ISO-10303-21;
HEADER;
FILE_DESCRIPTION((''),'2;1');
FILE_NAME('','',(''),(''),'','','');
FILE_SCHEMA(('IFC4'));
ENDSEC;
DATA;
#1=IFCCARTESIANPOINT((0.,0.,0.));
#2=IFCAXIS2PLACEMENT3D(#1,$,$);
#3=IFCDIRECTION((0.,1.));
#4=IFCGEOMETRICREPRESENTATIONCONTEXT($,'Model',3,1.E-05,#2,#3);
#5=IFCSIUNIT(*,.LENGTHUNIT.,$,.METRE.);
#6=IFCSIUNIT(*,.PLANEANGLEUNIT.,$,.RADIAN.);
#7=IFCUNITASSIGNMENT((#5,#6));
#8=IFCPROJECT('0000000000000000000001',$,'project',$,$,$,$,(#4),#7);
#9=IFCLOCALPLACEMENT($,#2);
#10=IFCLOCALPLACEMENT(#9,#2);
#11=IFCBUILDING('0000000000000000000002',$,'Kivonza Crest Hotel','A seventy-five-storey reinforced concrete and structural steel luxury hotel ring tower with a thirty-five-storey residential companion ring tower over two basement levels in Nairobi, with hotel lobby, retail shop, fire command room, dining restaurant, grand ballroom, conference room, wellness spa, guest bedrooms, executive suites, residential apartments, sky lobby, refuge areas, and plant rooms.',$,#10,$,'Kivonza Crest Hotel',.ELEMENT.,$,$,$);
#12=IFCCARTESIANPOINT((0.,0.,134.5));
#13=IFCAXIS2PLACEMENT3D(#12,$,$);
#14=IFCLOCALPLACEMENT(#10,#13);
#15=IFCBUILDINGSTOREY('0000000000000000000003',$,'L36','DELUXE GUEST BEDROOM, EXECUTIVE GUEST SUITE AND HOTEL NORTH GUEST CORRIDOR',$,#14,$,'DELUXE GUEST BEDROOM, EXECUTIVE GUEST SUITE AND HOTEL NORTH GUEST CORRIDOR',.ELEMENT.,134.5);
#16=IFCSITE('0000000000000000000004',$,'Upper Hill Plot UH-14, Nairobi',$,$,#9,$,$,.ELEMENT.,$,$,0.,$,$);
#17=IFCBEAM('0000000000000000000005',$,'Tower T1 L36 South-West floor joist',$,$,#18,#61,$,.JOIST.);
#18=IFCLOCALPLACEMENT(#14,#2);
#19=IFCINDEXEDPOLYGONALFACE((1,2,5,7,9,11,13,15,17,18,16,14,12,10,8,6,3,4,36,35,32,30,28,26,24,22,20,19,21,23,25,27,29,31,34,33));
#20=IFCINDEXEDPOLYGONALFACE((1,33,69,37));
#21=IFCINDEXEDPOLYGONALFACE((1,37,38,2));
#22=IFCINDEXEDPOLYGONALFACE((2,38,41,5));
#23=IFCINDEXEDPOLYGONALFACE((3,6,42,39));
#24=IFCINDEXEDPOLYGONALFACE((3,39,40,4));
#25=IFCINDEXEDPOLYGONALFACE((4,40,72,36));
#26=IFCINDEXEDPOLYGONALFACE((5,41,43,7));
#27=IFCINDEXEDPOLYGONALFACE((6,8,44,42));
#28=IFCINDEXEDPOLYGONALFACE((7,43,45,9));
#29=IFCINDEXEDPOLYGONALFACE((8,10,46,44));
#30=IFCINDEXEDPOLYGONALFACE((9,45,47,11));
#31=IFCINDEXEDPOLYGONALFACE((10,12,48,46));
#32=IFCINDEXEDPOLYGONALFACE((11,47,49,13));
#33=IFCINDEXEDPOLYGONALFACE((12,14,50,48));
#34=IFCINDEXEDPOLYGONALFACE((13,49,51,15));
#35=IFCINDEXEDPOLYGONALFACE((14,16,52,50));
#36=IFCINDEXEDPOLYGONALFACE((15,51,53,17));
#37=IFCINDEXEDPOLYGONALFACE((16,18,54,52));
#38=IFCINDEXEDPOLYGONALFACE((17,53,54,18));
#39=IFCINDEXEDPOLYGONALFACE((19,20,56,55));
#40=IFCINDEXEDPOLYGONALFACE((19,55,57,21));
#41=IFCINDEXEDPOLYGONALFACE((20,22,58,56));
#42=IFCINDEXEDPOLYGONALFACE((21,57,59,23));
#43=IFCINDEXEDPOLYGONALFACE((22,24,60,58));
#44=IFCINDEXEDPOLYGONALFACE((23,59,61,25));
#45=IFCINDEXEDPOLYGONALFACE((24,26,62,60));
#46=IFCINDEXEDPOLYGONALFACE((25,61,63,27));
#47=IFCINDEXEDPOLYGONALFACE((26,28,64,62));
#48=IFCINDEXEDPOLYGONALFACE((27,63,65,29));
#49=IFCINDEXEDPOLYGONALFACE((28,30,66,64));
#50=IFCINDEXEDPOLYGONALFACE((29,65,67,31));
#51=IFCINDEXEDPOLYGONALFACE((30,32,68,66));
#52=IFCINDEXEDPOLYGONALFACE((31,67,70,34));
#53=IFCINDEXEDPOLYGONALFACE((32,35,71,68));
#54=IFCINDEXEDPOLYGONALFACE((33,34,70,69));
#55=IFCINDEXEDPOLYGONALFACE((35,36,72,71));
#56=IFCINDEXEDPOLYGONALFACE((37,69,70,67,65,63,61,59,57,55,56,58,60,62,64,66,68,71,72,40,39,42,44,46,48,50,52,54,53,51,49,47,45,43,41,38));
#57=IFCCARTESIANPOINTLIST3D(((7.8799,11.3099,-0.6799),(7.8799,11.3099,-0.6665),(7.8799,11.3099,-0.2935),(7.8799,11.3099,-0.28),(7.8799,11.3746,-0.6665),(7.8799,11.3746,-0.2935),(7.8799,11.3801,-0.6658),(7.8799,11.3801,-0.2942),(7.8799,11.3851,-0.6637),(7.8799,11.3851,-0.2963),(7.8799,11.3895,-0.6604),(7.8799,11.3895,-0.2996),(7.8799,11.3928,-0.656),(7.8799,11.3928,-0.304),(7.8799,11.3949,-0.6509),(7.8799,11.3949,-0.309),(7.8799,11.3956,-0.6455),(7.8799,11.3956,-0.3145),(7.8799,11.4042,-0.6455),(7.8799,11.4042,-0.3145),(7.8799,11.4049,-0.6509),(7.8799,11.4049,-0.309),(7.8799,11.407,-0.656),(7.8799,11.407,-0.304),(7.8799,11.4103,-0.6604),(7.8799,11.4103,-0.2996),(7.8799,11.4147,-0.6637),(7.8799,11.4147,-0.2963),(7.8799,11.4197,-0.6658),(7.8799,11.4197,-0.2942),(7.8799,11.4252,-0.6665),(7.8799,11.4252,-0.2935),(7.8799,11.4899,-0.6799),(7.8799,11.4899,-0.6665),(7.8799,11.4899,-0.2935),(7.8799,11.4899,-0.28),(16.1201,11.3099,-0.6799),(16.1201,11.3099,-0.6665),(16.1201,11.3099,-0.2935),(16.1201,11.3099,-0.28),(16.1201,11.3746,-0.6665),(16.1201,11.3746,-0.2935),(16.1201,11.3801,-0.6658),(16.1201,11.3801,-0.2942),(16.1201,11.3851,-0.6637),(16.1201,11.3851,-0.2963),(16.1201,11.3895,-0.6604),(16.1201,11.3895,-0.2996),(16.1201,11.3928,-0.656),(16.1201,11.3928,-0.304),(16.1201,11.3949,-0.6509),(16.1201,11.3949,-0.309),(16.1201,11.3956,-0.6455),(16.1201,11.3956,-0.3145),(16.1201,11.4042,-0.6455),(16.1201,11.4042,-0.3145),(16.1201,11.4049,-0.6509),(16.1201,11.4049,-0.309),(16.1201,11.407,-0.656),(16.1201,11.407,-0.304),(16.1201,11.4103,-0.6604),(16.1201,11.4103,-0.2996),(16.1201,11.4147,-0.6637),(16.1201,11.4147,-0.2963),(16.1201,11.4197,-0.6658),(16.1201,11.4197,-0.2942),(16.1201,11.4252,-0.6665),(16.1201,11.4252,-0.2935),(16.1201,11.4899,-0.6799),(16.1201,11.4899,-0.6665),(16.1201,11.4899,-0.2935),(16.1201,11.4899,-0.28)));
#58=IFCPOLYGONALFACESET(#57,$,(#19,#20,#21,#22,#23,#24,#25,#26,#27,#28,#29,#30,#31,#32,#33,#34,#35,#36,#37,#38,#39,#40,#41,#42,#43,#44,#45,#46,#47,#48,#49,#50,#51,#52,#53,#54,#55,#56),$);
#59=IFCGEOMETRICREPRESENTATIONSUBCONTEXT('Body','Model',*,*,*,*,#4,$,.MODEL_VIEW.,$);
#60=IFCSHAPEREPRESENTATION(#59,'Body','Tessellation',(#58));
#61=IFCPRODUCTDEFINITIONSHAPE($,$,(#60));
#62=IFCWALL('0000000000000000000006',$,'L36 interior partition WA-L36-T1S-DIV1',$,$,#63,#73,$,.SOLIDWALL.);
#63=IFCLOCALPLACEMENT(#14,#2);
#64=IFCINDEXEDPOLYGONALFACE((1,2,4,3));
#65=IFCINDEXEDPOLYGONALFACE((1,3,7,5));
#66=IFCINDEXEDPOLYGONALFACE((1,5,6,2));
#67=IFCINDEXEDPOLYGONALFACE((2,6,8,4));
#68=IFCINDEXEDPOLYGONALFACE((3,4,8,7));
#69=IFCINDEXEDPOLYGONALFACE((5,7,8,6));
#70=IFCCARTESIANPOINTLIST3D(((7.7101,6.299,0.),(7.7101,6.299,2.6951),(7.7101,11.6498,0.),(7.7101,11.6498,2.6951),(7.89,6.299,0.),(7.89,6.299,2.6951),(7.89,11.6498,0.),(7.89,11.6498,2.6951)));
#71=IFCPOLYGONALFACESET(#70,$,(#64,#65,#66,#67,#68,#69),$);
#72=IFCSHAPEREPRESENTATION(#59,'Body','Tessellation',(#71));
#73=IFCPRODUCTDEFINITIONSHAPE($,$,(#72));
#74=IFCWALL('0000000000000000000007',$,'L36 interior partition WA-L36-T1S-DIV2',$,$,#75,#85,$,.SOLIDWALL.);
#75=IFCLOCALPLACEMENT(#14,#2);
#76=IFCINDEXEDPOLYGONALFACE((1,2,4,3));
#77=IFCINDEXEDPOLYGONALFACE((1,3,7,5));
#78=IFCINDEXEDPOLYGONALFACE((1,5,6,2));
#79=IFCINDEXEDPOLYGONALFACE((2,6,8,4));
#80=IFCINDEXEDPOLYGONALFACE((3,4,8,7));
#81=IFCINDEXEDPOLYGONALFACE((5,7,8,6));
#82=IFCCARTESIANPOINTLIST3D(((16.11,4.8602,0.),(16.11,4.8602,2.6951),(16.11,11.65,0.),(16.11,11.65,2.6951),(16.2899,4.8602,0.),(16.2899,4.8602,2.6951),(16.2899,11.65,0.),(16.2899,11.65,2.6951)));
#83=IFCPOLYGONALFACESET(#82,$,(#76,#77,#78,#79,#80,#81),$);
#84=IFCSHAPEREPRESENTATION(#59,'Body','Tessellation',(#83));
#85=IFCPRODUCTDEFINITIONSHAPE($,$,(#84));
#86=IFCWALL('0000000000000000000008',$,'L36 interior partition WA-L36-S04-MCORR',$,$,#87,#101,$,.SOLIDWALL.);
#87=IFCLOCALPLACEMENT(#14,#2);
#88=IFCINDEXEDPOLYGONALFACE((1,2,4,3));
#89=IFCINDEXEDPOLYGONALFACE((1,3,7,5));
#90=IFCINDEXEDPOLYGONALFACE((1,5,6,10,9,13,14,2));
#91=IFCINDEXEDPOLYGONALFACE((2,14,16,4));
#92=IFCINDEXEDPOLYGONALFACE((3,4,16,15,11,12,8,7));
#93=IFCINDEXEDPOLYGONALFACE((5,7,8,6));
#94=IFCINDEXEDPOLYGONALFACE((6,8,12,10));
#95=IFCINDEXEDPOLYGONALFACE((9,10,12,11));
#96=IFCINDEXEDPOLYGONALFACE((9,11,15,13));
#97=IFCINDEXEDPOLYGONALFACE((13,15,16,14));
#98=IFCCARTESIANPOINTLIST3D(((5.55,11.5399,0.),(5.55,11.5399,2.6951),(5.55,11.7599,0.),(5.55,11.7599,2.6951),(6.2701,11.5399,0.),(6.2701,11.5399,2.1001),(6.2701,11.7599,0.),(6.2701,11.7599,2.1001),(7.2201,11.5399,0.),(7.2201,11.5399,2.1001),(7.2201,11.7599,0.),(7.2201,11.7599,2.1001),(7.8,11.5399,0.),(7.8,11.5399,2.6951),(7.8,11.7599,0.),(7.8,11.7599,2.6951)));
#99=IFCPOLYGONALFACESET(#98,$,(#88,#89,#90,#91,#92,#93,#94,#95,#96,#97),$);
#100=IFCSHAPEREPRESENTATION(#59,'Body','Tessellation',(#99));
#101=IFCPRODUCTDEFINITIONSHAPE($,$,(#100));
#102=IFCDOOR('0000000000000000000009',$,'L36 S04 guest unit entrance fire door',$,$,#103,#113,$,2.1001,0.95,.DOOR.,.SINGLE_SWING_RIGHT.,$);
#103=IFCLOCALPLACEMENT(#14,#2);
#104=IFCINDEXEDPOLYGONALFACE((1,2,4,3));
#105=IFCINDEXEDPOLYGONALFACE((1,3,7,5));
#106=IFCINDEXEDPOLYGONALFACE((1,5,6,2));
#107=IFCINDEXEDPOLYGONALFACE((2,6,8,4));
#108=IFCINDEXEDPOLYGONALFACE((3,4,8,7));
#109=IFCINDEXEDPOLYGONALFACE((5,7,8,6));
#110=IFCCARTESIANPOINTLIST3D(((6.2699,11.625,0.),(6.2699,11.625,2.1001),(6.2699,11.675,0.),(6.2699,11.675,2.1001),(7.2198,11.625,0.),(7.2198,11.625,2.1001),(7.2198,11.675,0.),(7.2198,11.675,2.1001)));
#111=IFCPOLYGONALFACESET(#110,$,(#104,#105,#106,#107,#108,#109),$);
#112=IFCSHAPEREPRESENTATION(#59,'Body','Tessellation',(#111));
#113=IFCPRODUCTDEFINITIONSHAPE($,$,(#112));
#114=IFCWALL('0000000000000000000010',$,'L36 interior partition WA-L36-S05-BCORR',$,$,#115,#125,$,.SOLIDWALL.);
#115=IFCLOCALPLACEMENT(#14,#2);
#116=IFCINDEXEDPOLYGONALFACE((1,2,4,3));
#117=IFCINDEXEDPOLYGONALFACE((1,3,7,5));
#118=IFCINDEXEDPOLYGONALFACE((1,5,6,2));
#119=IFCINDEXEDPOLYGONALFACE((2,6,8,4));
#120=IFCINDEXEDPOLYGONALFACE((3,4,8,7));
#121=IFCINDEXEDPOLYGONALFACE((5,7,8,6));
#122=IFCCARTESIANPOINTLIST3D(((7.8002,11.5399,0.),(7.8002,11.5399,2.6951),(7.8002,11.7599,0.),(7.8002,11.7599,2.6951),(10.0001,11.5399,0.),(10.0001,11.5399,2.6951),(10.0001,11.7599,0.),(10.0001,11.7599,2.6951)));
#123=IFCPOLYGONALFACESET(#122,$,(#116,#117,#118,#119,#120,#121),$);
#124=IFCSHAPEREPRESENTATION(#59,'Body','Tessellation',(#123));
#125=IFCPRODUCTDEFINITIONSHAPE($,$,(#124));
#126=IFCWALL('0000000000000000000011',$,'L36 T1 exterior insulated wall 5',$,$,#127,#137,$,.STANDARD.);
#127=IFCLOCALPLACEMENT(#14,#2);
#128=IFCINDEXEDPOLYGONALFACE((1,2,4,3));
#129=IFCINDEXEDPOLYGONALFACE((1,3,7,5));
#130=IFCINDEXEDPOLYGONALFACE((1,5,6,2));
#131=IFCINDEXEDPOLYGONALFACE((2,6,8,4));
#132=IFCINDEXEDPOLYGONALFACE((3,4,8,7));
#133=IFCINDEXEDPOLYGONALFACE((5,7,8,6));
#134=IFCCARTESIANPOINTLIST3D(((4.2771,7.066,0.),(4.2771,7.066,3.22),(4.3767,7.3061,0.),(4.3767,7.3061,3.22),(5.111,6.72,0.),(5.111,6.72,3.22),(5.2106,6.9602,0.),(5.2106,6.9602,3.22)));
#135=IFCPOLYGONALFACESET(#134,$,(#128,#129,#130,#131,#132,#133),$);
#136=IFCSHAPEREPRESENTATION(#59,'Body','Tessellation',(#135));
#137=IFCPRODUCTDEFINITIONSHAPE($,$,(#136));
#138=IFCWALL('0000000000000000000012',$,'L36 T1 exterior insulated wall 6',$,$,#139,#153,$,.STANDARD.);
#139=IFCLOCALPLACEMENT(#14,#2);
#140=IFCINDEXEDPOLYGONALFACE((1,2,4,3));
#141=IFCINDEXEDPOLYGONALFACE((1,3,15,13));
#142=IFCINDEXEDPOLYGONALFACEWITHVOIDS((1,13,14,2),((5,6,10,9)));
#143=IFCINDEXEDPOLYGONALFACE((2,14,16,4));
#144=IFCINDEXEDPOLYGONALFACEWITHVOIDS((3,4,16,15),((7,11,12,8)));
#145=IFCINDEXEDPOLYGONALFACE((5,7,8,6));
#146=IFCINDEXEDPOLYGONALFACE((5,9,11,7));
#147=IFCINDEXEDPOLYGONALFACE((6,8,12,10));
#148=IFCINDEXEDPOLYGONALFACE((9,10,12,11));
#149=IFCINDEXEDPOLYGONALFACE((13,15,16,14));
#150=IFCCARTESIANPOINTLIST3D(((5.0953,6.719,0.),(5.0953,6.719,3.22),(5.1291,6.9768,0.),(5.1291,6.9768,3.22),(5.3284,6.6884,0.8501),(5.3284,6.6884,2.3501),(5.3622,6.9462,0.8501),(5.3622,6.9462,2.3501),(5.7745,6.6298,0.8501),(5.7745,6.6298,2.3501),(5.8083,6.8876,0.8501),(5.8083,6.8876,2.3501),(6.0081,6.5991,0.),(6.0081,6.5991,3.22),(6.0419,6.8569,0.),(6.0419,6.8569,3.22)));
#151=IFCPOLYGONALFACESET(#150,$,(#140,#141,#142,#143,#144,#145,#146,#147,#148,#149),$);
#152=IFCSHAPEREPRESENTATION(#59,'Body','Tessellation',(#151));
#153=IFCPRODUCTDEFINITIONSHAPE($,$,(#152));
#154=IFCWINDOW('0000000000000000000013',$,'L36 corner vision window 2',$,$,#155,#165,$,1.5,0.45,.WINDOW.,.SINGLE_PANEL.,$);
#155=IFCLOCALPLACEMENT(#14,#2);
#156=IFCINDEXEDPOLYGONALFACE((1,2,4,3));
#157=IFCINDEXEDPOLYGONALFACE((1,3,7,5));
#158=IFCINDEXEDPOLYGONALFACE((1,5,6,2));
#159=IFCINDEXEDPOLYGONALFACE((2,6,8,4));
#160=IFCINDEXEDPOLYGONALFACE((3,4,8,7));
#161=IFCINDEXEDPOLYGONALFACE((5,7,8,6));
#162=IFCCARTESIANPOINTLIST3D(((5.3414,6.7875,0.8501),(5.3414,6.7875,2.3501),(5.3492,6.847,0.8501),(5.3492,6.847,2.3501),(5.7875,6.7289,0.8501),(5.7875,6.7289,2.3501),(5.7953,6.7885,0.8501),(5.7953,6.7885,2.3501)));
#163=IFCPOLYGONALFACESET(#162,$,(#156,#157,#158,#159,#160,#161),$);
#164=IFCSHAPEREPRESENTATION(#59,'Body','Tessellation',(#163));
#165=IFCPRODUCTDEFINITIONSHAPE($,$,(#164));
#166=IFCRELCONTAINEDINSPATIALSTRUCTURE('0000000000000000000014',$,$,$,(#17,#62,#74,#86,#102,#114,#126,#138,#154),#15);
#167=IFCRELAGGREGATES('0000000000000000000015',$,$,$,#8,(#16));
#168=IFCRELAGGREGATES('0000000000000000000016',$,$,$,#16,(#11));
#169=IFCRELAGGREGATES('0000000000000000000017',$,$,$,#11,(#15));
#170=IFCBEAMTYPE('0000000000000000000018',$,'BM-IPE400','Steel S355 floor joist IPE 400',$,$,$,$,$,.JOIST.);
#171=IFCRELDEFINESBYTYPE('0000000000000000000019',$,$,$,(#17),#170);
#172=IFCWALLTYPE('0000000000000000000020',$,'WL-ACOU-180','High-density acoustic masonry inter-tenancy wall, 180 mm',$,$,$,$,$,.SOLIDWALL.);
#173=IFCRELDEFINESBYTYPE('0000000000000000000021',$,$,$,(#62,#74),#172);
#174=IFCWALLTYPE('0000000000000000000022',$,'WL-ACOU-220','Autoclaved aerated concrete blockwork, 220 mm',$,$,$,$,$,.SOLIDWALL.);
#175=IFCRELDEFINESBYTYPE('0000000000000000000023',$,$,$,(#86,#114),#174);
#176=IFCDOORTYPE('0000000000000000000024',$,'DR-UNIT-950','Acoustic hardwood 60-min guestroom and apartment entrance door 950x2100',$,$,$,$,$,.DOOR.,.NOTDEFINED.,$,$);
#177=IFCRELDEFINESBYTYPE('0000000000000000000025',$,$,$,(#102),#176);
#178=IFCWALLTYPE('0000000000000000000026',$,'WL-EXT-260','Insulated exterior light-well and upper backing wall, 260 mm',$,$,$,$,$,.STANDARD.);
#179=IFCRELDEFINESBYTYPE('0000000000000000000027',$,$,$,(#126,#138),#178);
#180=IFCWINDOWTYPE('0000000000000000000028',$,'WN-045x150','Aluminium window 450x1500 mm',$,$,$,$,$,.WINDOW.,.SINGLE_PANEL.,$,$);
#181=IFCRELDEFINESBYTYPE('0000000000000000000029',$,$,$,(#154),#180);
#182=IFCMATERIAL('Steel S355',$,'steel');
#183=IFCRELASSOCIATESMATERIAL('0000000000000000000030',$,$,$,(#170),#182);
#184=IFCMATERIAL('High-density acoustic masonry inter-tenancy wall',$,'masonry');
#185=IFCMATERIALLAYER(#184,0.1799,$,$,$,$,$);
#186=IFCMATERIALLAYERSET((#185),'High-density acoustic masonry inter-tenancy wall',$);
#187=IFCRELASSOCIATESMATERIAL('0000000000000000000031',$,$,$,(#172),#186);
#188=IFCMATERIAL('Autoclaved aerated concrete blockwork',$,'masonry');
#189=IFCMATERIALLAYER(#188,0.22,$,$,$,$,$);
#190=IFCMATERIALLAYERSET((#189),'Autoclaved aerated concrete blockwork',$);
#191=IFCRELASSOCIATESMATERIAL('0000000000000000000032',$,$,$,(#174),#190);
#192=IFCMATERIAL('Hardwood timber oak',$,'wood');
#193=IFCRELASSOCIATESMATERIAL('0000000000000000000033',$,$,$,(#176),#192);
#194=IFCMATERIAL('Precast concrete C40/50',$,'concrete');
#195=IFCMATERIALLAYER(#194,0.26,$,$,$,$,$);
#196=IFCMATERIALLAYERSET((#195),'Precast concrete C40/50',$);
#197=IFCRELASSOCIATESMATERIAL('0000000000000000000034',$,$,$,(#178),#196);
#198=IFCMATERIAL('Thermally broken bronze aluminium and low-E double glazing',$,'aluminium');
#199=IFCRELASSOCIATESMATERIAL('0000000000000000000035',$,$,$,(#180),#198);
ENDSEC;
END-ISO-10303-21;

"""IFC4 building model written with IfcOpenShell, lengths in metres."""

from ifc_helpers import new_model, si_unit, direction, frame, frame_2d, origin, origin_2d, place, context, subcontext, project, spatial, rectangle, i_section, extrude, material, layer, layer_set, material_profile, profile_set, type_object, element, fill, save


model = new_model("IFC4")

# Units and contexts
model_context = context("Model", 3, precision=1e-05, world=origin(), true_north=direction((0.0, 1.0)))
body_context = subcontext(model_context, "Body", "Model", "MODEL_VIEW")
ifc_project = project(units=[si_unit("LENGTHUNIT", "METRE"), si_unit("PLANEANGLEUNIT", "RADIAN")], contexts=[model_context])

# Site, building, storey
site_placement = place(None, origin())
site = spatial("IfcSite", under=ifc_project, at=site_placement, Name="Upper Hill Plot UH-14, Nairobi", CompositionType="ELEMENT", RefElevation=0.0)
building_placement = place(site_placement, origin())
building = spatial("IfcBuilding", under=site, at=building_placement, Name="Kivonza Crest Hotel", Description="A seventy-five-storey reinforced concrete and structural steel luxury hotel ring tower with a thirty-five-storey residential companion ring tower over two basement levels in Nairobi, with hotel lobby, retail shop, fire command room, dining restaurant, grand ballroom, conference room, wellness spa, guest bedrooms, executive suites, residential apartments, sky lobby, refuge areas, and plant rooms.", LongName="Kivonza Crest Hotel", CompositionType="ELEMENT")
storey_placement = place(building_placement, frame((0.0, 0.0, 134.5)))
storey = spatial("IfcBuildingStorey", under=building, at=storey_placement, Name="L36", Description="DELUXE GUEST BEDROOM, EXECUTIVE GUEST SUITE AND HOTEL NORTH GUEST CORRIDOR", LongName="DELUXE GUEST BEDROOM, EXECUTIVE GUEST SUITE AND HOTEL NORTH GUEST CORRIDOR", CompositionType="ELEMENT", Elevation=134.5)

# Beam
ifc_material_1 = material(Name="Steel S355", Category="steel")
ifc_material_profile_1 = material_profile(ifc_material_1, i_section(OverallWidth=0.1799, OverallDepth=0.3999, WebThickness=0.0085, FlangeThickness=0.0134, FilletRadius=0.021, at=origin_2d()), Name="IPE 400")
ifc_profile_set_1 = profile_set([ifc_material_profile_1], Name="Steel S355")
beam_type_1 = type_object("IfcBeamType", Name="BM-IPE400", Description="Steel S355 floor joist IPE 400", PredefinedType="JOIST", material=ifc_profile_set_1)
beam_1_placement = place(storey_placement, frame((7.8799, 11.3999, -0.48), z_axis=(1.0, 0.0, 0.0), x_axis=(0.0, 1.0, 0.0)))
element("IfcBeam", 1, at=beam_1_placement, inside=storey, type_object=beam_type_1, Name="Tower T1 L36 South-West floor joist", PredefinedType="JOIST", context=body_context, shape_type="SweptSolid", body=[
    extrude(i_section(OverallWidth=0.1799, OverallDepth=0.3999, WebThickness=0.0085, FlangeThickness=0.0134, FilletRadius=0.021, at=origin_2d()), origin(), (0.0, 0.0, 1.0), 8.2402),
])

# Walls
ifc_material_2 = material(Name="High-density acoustic masonry inter-tenancy wall", Category="masonry")
ifc_layer_1 = layer(ifc_material_2, 0.1799)
ifc_layer_set_1 = layer_set([ifc_layer_1], Name="High-density acoustic masonry inter-tenancy wall")
wall_type_1 = type_object("IfcWallType", Name="WL-ACOU-180", Description="High-density acoustic masonry inter-tenancy wall, 180 mm", PredefinedType="SOLIDWALL", material=ifc_layer_set_1)
wall_1_placement = place(storey_placement, frame((7.8, 6.2991, 0.0), z_axis=(0.0, 0.0, 1.0), x_axis=(0.0, 1.0, 0.0)))
element("IfcWall", 2, at=wall_1_placement, inside=storey, type_object=wall_type_1, Name="L36 interior partition WA-L36-T1S-DIV1", PredefinedType="SOLIDWALL", context=body_context, shape_type="SweptSolid", body=[
    extrude(rectangle(XDim=5.3508, YDim=0.1799, at=frame_2d((2.6753, 0.0))), origin(), (0.0, 0.0, 1.0), 2.6951),
])
wall_2_placement = place(storey_placement, frame((16.2, 4.8601, 0.0), z_axis=(0.0, 0.0, 1.0), x_axis=(0.0, 1.0, 0.0)))
element("IfcWall", 3, at=wall_2_placement, inside=storey, type_object=wall_type_1, Name="L36 interior partition WA-L36-T1S-DIV2", PredefinedType="SOLIDWALL", context=body_context, shape_type="SweptSolid", body=[
    extrude(rectangle(XDim=6.7898, YDim=0.1799, at=frame_2d((3.395, 0.0))), origin(), (0.0, 0.0, 1.0), 2.6951),
])

# Wall, opening, door
ifc_material_3 = material(Name="Autoclaved aerated concrete blockwork", Category="masonry")
ifc_layer_2 = layer(ifc_material_3, 0.22)
ifc_layer_set_2 = layer_set([ifc_layer_2], Name="Autoclaved aerated concrete blockwork")
wall_type_2 = type_object("IfcWallType", Name="WL-ACOU-220", Description="Autoclaved aerated concrete blockwork, 220 mm", PredefinedType="SOLIDWALL", material=ifc_layer_set_2)
wall_3_placement = place(storey_placement, frame((5.55, 11.6499, 0.0), z_axis=(0.0, 0.0, 1.0), x_axis=(1.0, 0.0, 0.0)))
wall_3 = element("IfcWall", 4, at=wall_3_placement, inside=storey, type_object=wall_type_2, Name="L36 interior partition WA-L36-S04-MCORR", PredefinedType="SOLIDWALL", context=body_context, shape_type="SweptSolid", body=[
    extrude(rectangle(XDim=2.25, YDim=0.22, at=frame_2d((1.125, 0.0))), origin(), (0.0, 0.0, 1.0), 2.6951),
])
opening_1_placement = place(wall_3_placement, frame((0.72, 0.0, 0.0)))
opening_1 = element("IfcOpeningElement", 5, at=opening_1_placement, cuts=wall_3, PredefinedType="OPENING", context=body_context, shape_type="SweptSolid", body=[
    extrude(rectangle(XDim=0.95, YDim=2.1001, at=frame_2d((0.4751, 1.05))), frame((0.0, 0.1201, 0.0), z_axis=(0.0, -1.0, 0.0), x_axis=(1.0, 0.0, 0.0)), (0.0, 0.0, 1.0), 0.24),
])
ifc_material_4 = material(Name="Hardwood timber oak", Category="wood")
door_type_1 = type_object("IfcDoorType", Name="DR-UNIT-950", Description="Acoustic hardwood 60-min guestroom and apartment entrance door 950x2100", OperationType="NOTDEFINED", PredefinedType="DOOR", material=ifc_material_4)
door_1_placement = place(opening_1_placement, frame((0.95, 0.0, 0.0), z_axis=(0.0, 0.0, 1.0), x_axis=(-1.0, 0.0, 0.0)))
door_1 = element("IfcDoor", 6, at=door_1_placement, inside=storey, type_object=door_type_1, Name="L36 S04 guest unit entrance fire door", OperationType="SINGLE_SWING_RIGHT", OverallHeight=2.1001, OverallWidth=0.95, PredefinedType="DOOR", context=body_context, shape_type="SweptSolid", body=[
    extrude(rectangle(XDim=0.95, YDim=2.1001, at=frame_2d((0.4751, 1.05))), frame((0.0, 0.0249, 0.0), z_axis=(0.0, -1.0, 0.0), x_axis=(1.0, 0.0, 0.0)), (0.0, 0.0, 1.0), 0.05),
])
fill(opening_1, door_1)

# Walls
wall_4_placement = place(storey_placement, frame((7.8, 11.6499, 0.0), z_axis=(0.0, 0.0, 1.0), x_axis=(1.0, 0.0, 0.0)))
element("IfcWall", 7, at=wall_4_placement, inside=storey, type_object=wall_type_2, Name="L36 interior partition WA-L36-S05-BCORR", PredefinedType="SOLIDWALL", context=body_context, shape_type="SweptSolid", body=[
    extrude(rectangle(XDim=2.2, YDim=0.22, at=frame_2d((1.1001, 0.0))), origin(), (0.0, 0.0, 1.0), 2.6951),
])
ifc_material_5 = material(Name="Precast concrete C40/50", Category="concrete")
ifc_layer_3 = layer(ifc_material_5, 0.26)
ifc_layer_set_3 = layer_set([ifc_layer_3], Name="Precast concrete C40/50")
wall_type_3 = type_object("IfcWallType", Name="WL-EXT-260", Description="Insulated exterior light-well and upper backing wall, 260 mm", PredefinedType="STANDARD", material=ifc_layer_set_3)
wall_5_placement = place(storey_placement, frame((4.3269, 7.186, 0.0), z_axis=(0.0, 0.0, 1.0), x_axis=(0.923684, -0.383156, 0.0)))
element("IfcWall", 8, at=wall_5_placement, inside=storey, type_object=wall_type_3, Name="L36 T1 exterior insulated wall 5", PredefinedType="STANDARD", context=body_context, shape_type="SweptSolid", body=[
    extrude(rectangle(XDim=0.9028, YDim=0.26, at=frame_2d((0.4514, 0.0))), origin(), (0.0, 0.0, 1.0), 3.22),
])

# Wall, opening, window
wall_6_placement = place(storey_placement, frame((5.1121, 6.8479, 0.0), z_axis=(0.0, 0.0, 1.0), x_axis=(0.991488, -0.130201, 0.0)))
wall_6 = element("IfcWall", 9, at=wall_6_placement, inside=storey, type_object=wall_type_3, Name="L36 T1 exterior insulated wall 6", PredefinedType="STANDARD", context=body_context, shape_type="SweptSolid", body=[
    extrude(rectangle(XDim=0.9207, YDim=0.26, at=frame_2d((0.4604, 0.0))), origin(), (0.0, 0.0, 1.0), 3.22),
])
opening_2_placement = place(wall_6_placement, frame((0.2351, 0.0, 0.8501)))
opening_2 = element("IfcOpeningElement", 10, at=opening_2_placement, cuts=wall_6, PredefinedType="OPENING", context=body_context, shape_type="SweptSolid", body=[
    extrude(rectangle(XDim=0.45, YDim=1.5, at=frame_2d((0.2251, 0.75))), frame((0.0, 0.1401, 0.0), z_axis=(0.0, -1.0, 0.0), x_axis=(1.0, 0.0, 0.0)), (0.0, 0.0, 1.0), 0.28),
])
ifc_material_6 = material(Name="Thermally broken bronze aluminium and low-E double glazing", Category="aluminium")
window_type_1 = type_object("IfcWindowType", Name="WN-045x150", Description="Aluminium window 450x1500 mm", PartitioningType="SINGLE_PANEL", PredefinedType="WINDOW", material=ifc_material_6)
window_1_placement = place(opening_2_placement, origin())
window_1 = element("IfcWindow", 11, at=window_1_placement, inside=storey, type_object=window_type_1, Name="L36 corner vision window 2", OverallHeight=1.5, OverallWidth=0.45, PartitioningType="SINGLE_PANEL", PredefinedType="WINDOW", context=body_context, shape_type="SweptSolid", body=[
    extrude(rectangle(XDim=0.45, YDim=1.5, at=frame_2d((0.2251, 0.75))), frame((0.0, 0.03, 0.0), z_axis=(0.0, -1.0, 0.0), x_axis=(1.0, 0.0, 0.0)), (0.0, 0.0, 1.0), 0.0601),
])
fill(opening_2, window_1)

save(model, "model.ifc")
